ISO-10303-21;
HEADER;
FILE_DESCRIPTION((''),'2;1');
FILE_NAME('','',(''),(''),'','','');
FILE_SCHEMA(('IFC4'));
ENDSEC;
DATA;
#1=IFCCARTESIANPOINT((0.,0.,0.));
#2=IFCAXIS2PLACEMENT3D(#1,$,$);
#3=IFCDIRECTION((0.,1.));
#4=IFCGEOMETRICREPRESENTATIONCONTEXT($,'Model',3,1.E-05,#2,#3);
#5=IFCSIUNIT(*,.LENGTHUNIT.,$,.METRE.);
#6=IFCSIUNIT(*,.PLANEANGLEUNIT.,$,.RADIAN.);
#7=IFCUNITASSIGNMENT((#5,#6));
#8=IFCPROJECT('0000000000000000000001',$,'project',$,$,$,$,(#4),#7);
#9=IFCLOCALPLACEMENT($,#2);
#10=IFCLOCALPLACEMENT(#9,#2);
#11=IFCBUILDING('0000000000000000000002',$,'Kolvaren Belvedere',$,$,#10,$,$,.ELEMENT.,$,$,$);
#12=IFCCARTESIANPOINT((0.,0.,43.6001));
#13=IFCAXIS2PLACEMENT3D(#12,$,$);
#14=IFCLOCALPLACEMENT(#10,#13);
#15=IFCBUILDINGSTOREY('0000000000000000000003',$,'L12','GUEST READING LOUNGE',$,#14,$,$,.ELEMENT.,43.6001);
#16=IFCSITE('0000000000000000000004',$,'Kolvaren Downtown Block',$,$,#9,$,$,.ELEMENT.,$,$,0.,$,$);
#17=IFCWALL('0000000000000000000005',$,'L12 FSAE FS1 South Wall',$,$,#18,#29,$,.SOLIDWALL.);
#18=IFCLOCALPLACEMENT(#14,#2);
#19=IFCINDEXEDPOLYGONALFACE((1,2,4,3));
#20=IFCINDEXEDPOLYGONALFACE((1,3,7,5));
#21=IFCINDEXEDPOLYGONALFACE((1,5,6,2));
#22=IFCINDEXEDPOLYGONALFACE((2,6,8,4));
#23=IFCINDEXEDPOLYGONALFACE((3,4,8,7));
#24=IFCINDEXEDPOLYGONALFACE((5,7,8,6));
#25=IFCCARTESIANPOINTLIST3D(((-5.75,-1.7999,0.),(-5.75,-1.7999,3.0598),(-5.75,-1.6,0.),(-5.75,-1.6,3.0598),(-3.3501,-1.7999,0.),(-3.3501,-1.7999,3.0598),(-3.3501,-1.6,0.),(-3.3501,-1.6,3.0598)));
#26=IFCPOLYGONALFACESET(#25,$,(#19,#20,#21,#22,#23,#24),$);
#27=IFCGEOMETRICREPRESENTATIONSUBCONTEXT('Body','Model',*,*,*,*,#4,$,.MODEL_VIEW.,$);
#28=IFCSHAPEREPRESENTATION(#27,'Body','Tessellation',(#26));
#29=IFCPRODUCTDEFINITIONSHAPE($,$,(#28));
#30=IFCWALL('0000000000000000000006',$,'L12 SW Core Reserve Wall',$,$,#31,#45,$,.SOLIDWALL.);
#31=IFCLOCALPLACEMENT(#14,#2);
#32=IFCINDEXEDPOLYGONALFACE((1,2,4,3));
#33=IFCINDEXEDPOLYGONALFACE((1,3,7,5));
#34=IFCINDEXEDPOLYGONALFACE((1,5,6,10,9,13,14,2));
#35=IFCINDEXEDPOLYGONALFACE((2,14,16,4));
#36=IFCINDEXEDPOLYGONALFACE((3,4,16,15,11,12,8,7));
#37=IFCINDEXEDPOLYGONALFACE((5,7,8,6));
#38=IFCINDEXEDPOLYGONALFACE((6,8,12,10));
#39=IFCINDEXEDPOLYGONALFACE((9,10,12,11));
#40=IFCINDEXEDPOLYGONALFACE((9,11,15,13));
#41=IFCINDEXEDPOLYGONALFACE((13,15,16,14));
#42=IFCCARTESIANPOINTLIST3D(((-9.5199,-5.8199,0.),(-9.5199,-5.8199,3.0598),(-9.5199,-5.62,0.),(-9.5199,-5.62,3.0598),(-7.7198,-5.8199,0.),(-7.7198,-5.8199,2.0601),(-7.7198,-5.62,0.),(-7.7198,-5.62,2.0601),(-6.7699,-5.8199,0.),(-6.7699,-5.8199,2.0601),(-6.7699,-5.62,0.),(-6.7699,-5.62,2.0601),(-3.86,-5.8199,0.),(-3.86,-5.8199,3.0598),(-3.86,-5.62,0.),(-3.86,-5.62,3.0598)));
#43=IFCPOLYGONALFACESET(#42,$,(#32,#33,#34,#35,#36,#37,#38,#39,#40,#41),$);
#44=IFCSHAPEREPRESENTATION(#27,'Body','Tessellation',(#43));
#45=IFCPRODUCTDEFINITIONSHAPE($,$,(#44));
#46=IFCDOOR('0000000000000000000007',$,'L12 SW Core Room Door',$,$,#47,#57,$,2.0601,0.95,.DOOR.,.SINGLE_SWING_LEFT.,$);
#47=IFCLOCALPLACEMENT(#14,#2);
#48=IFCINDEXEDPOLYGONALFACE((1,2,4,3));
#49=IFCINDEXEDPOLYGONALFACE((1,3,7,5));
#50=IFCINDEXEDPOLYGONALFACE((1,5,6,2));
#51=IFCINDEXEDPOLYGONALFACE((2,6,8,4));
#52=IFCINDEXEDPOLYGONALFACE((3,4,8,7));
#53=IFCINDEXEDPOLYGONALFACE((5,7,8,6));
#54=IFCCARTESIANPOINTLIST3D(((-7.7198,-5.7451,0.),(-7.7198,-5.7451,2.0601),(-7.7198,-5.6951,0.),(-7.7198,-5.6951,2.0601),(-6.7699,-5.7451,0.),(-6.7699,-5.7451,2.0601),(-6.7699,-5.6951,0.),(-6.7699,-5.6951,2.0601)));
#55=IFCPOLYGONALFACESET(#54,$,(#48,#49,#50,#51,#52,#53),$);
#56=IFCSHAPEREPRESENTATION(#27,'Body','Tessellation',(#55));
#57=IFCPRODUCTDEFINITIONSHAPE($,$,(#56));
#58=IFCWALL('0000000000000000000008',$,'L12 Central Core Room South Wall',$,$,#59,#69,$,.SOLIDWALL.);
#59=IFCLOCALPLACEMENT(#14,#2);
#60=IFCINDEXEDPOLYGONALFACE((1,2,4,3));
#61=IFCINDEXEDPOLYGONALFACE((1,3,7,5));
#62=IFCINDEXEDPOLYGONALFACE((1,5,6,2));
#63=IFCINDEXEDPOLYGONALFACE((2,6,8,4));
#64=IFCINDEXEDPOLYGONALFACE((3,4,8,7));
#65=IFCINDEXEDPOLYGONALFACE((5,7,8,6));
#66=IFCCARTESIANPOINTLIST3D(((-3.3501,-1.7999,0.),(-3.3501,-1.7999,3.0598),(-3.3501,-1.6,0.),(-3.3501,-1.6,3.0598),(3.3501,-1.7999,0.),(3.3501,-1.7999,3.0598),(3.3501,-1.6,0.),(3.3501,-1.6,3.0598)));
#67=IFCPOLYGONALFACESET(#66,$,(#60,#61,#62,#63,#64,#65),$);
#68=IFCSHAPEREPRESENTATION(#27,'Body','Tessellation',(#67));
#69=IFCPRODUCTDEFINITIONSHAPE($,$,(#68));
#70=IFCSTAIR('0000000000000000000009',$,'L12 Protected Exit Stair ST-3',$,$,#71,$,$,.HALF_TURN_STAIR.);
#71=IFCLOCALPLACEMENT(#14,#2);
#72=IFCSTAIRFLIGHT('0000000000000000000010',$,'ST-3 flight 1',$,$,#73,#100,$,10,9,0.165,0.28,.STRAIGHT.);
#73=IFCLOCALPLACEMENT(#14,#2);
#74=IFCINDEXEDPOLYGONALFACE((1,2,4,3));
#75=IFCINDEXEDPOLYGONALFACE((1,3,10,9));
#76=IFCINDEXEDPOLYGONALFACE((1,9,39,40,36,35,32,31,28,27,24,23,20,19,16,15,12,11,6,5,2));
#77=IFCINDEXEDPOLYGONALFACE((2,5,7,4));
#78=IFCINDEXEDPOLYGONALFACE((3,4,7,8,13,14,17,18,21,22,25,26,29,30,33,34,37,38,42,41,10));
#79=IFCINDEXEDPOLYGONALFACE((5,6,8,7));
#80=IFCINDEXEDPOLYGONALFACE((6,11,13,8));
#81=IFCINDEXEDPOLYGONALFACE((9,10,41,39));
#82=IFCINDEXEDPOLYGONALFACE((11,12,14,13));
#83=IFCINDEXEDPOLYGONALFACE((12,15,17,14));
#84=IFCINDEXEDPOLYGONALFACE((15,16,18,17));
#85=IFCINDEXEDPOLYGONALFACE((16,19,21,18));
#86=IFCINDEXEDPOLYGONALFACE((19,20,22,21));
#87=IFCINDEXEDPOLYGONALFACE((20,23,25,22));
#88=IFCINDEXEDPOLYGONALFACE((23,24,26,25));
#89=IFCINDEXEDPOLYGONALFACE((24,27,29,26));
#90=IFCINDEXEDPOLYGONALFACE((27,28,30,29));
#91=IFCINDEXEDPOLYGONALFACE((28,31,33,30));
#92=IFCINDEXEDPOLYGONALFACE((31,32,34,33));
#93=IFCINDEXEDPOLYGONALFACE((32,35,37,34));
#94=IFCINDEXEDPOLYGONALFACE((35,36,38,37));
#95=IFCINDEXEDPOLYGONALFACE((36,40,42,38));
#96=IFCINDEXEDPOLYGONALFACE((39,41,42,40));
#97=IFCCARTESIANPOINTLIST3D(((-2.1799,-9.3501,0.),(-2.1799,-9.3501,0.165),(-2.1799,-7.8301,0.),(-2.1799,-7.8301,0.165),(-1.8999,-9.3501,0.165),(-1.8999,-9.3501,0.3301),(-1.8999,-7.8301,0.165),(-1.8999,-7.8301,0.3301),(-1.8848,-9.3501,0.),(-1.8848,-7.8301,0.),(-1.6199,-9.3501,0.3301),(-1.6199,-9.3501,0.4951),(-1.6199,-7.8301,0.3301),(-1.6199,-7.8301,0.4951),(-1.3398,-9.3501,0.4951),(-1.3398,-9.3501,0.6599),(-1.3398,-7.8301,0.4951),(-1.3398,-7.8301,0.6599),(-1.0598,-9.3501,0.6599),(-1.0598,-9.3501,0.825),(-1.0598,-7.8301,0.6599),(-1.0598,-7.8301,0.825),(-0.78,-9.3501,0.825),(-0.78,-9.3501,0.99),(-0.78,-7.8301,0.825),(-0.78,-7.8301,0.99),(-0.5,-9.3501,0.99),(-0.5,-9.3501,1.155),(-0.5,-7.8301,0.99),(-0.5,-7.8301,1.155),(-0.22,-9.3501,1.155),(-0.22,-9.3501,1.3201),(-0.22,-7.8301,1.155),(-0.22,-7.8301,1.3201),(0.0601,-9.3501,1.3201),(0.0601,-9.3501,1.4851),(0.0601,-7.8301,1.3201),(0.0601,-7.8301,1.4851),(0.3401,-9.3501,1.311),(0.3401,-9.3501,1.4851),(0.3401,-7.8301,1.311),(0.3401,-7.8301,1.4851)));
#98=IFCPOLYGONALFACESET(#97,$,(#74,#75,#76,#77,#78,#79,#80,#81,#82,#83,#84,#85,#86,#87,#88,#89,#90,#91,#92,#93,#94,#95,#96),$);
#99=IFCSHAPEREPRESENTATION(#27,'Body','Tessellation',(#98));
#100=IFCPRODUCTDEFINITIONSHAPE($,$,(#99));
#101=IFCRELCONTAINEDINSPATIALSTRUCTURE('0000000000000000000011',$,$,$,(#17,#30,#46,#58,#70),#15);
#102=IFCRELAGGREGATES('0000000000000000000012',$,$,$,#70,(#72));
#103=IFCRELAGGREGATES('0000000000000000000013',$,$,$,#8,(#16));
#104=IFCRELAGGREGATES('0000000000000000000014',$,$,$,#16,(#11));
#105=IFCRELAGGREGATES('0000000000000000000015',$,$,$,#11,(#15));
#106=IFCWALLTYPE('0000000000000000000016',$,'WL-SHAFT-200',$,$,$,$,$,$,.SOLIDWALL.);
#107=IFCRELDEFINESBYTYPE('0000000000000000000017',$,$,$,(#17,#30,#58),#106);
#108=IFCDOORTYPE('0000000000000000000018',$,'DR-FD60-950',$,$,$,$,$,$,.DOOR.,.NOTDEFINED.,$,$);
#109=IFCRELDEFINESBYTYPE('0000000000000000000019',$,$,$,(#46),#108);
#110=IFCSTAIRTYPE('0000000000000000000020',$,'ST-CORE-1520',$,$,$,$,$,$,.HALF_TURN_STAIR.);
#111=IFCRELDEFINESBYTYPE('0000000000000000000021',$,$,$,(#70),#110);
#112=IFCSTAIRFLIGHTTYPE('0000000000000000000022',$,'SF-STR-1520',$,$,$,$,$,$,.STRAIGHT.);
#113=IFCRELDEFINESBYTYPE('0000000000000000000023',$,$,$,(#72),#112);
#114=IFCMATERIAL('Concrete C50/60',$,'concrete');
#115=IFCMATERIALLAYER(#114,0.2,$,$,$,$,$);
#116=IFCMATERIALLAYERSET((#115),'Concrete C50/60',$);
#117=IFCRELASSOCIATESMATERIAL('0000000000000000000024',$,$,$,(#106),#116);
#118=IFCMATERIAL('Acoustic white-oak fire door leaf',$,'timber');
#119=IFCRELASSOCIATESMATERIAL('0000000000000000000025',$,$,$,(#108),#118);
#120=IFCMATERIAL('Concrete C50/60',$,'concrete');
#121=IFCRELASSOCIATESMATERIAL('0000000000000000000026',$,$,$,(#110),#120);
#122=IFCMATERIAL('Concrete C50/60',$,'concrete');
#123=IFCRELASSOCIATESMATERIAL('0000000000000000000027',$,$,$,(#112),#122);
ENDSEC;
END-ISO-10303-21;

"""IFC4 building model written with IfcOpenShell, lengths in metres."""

from ifc_helpers import new_model, si_unit, direction, frame, frame_2d, origin, place, context, subcontext, project, spatial, polyline, rectangle, outline, extrude, material, layer, layer_set, type_object, element, fill, aggregate, save


model = new_model("IFC4")

# Units and contexts
model_context = context("Model", 3, precision=1e-05, world=origin(), true_north=direction((0.0, 1.0)))
body_context = subcontext(model_context, "Body", "Model", "MODEL_VIEW")
ifc_project = project(units=[si_unit("LENGTHUNIT", "METRE"), si_unit("PLANEANGLEUNIT", "RADIAN")], contexts=[model_context])

# Site, building, storey
site_placement = place(None, origin())
site = spatial("IfcSite", under=ifc_project, at=site_placement, Name="Kolvaren Downtown Block", CompositionType="ELEMENT", RefElevation=0.0)
building_placement = place(site_placement, origin())
building = spatial("IfcBuilding", under=site, at=building_placement, Name="Kolvaren Belvedere", CompositionType="ELEMENT")
storey_placement = place(building_placement, frame((0.0, 0.0, 43.6001)))
storey = spatial("IfcBuildingStorey", under=building, at=storey_placement, Name="L12", Description="GUEST READING LOUNGE", CompositionType="ELEMENT", Elevation=43.6001)

# Shared definitions
ifc_material_1 = material(Name="Concrete C50/60", Category="concrete")
ifc_layer_1 = layer(ifc_material_1, 0.2)
ifc_layer_set_1 = layer_set([ifc_layer_1], Name="Concrete C50/60")
wall_type_1 = type_object("IfcWallType", Name="WL-SHAFT-200", PredefinedType="SOLIDWALL", material=ifc_layer_set_1)
ifc_material_2 = material(Name="Acoustic white-oak fire door leaf", Category="timber")
door_type_1 = type_object("IfcDoorType", Name="DR-FD60-950", OperationType="NOTDEFINED", PredefinedType="DOOR", material=ifc_material_2)

# Wall
wall_1_placement = place(storey_placement, frame((-5.75, -1.7, 0.0), z_axis=(0.0, 0.0, 1.0), x_axis=(1.0, 0.0, 0.0)))
element("IfcWall", 1, at=wall_1_placement, inside=storey, type_object=wall_type_1, Name="L12 FSAE FS1 South Wall", PredefinedType="SOLIDWALL", context=body_context, shape_type="SweptSolid", body=[
    extrude(rectangle(XDim=2.3999, YDim=0.2, at=frame_2d((1.2, 0.0))), origin(), (0.0, 0.0, 1.0), 3.0598),
])

# Wall, opening, door
wall_2_placement = place(storey_placement, frame((-9.52, -5.72, 0.0), z_axis=(0.0, 0.0, 1.0), x_axis=(1.0, 0.0, 0.0)))
wall_2 = element("IfcWall", 2, at=wall_2_placement, inside=storey, type_object=wall_type_1, Name="L12 SW Core Reserve Wall", PredefinedType="SOLIDWALL", context=body_context, shape_type="SweptSolid", body=[
    extrude(rectangle(XDim=5.6599, YDim=0.2, at=frame_2d((2.8301, 0.0))), origin(), (0.0, 0.0, 1.0), 3.0598),
])
opening_1_placement = place(wall_2_placement, frame((1.8, 0.0, 0.0)))
opening_1 = element("IfcOpeningElement", 3, at=opening_1_placement, cuts=wall_2, PredefinedType="OPENING", context=body_context, shape_type="SweptSolid", body=[
    extrude(rectangle(XDim=0.95, YDim=2.0601, at=frame_2d((0.4751, 1.03))), frame((0.0, 0.1099, 0.0), z_axis=(0.0, -1.0, 0.0), x_axis=(1.0, 0.0, 0.0)), (0.0, 0.0, 1.0), 0.22),
])
door_1_placement = place(opening_1_placement, origin())
door_1 = element("IfcDoor", 4, at=door_1_placement, inside=storey, type_object=door_type_1, Name="L12 SW Core Room Door", OperationType="SINGLE_SWING_LEFT", OverallHeight=2.0601, OverallWidth=0.95, PredefinedType="DOOR", context=body_context, shape_type="SweptSolid", body=[
    extrude(rectangle(XDim=0.95, YDim=2.0601, at=frame_2d((0.4751, 1.03))), frame((0.0, 0.0249, 0.0), z_axis=(0.0, -1.0, 0.0), x_axis=(1.0, 0.0, 0.0)), (0.0, 0.0, 1.0), 0.05),
])
fill(opening_1, door_1)

# Wall
wall_3_placement = place(storey_placement, frame((-3.3501, -1.7, 0.0), z_axis=(0.0, 0.0, 1.0), x_axis=(1.0, 0.0, 0.0)))
element("IfcWall", 5, at=wall_3_placement, inside=storey, type_object=wall_type_1, Name="L12 Central Core Room South Wall", PredefinedType="SOLIDWALL", context=body_context, shape_type="SweptSolid", body=[
    extrude(rectangle(XDim=6.7002, YDim=0.2, at=frame_2d((3.3501, 0.0))), origin(), (0.0, 0.0, 1.0), 3.0598),
])

# Stair, stair flight
ifc_material_3 = material(Name="Concrete C50/60", Category="concrete")
stair_type = type_object("IfcStairType", Name="ST-CORE-1520", PredefinedType="HALF_TURN_STAIR", material=ifc_material_3)
stair_placement = place(storey_placement, origin())
stair = element("IfcStair", 6, at=stair_placement, inside=storey, type_object=stair_type, Name="L12 Protected Exit Stair ST-3", PredefinedType="HALF_TURN_STAIR")
ifc_material_4 = material(Name="Concrete C50/60", Category="concrete")
stair_flight_type = type_object("IfcStairFlightType", Name="SF-STR-1520", PredefinedType="STRAIGHT", material=ifc_material_4)
stair_flight_placement = place(storey_placement, frame((-2.1799, -8.5901, 0.0), z_axis=(0.0, 0.0, 1.0), x_axis=(1.0, 0.0, 0.0)))
stair_flight = element("IfcStairFlight", 7, at=stair_flight_placement, type_object=stair_flight_type, Name="ST-3 flight 1", NumberOfRisers=10, NumberOfTreads=9, PredefinedType="STRAIGHT", RiserHeight=0.165, TreadLength=0.28, context=body_context, shape_type="SweptSolid", body=[
    extrude(outline(polyline([(0.0, 0.0), (0.0, 0.165), (0.28, 0.165), (0.28, 0.3301), (0.5601, 0.3301), (0.5601, 0.4951), (0.8401, 0.4951), (0.8401, 0.6599), (1.1201, 0.6599), (1.1201, 0.825), (1.3999, 0.825), (1.3999, 0.99), (1.6799, 0.99), (1.6799, 1.155), (1.96, 1.155), (1.96, 1.3201), (2.24, 1.3201), (2.24, 1.4851), (2.52, 1.4851), (2.52, 1.6499), (2.52, 1.311), (0.2952, 0.0), (0.0, 0.0)])), frame((0.0, 0.76, 0.0), z_axis=(0.0, -1.0, 0.0), x_axis=(1.0, 0.0, 0.0)), (0.0, 0.0, 1.0), 1.52),
])
aggregate(stair, [stair_flight])

save(model, "model.ifc")
